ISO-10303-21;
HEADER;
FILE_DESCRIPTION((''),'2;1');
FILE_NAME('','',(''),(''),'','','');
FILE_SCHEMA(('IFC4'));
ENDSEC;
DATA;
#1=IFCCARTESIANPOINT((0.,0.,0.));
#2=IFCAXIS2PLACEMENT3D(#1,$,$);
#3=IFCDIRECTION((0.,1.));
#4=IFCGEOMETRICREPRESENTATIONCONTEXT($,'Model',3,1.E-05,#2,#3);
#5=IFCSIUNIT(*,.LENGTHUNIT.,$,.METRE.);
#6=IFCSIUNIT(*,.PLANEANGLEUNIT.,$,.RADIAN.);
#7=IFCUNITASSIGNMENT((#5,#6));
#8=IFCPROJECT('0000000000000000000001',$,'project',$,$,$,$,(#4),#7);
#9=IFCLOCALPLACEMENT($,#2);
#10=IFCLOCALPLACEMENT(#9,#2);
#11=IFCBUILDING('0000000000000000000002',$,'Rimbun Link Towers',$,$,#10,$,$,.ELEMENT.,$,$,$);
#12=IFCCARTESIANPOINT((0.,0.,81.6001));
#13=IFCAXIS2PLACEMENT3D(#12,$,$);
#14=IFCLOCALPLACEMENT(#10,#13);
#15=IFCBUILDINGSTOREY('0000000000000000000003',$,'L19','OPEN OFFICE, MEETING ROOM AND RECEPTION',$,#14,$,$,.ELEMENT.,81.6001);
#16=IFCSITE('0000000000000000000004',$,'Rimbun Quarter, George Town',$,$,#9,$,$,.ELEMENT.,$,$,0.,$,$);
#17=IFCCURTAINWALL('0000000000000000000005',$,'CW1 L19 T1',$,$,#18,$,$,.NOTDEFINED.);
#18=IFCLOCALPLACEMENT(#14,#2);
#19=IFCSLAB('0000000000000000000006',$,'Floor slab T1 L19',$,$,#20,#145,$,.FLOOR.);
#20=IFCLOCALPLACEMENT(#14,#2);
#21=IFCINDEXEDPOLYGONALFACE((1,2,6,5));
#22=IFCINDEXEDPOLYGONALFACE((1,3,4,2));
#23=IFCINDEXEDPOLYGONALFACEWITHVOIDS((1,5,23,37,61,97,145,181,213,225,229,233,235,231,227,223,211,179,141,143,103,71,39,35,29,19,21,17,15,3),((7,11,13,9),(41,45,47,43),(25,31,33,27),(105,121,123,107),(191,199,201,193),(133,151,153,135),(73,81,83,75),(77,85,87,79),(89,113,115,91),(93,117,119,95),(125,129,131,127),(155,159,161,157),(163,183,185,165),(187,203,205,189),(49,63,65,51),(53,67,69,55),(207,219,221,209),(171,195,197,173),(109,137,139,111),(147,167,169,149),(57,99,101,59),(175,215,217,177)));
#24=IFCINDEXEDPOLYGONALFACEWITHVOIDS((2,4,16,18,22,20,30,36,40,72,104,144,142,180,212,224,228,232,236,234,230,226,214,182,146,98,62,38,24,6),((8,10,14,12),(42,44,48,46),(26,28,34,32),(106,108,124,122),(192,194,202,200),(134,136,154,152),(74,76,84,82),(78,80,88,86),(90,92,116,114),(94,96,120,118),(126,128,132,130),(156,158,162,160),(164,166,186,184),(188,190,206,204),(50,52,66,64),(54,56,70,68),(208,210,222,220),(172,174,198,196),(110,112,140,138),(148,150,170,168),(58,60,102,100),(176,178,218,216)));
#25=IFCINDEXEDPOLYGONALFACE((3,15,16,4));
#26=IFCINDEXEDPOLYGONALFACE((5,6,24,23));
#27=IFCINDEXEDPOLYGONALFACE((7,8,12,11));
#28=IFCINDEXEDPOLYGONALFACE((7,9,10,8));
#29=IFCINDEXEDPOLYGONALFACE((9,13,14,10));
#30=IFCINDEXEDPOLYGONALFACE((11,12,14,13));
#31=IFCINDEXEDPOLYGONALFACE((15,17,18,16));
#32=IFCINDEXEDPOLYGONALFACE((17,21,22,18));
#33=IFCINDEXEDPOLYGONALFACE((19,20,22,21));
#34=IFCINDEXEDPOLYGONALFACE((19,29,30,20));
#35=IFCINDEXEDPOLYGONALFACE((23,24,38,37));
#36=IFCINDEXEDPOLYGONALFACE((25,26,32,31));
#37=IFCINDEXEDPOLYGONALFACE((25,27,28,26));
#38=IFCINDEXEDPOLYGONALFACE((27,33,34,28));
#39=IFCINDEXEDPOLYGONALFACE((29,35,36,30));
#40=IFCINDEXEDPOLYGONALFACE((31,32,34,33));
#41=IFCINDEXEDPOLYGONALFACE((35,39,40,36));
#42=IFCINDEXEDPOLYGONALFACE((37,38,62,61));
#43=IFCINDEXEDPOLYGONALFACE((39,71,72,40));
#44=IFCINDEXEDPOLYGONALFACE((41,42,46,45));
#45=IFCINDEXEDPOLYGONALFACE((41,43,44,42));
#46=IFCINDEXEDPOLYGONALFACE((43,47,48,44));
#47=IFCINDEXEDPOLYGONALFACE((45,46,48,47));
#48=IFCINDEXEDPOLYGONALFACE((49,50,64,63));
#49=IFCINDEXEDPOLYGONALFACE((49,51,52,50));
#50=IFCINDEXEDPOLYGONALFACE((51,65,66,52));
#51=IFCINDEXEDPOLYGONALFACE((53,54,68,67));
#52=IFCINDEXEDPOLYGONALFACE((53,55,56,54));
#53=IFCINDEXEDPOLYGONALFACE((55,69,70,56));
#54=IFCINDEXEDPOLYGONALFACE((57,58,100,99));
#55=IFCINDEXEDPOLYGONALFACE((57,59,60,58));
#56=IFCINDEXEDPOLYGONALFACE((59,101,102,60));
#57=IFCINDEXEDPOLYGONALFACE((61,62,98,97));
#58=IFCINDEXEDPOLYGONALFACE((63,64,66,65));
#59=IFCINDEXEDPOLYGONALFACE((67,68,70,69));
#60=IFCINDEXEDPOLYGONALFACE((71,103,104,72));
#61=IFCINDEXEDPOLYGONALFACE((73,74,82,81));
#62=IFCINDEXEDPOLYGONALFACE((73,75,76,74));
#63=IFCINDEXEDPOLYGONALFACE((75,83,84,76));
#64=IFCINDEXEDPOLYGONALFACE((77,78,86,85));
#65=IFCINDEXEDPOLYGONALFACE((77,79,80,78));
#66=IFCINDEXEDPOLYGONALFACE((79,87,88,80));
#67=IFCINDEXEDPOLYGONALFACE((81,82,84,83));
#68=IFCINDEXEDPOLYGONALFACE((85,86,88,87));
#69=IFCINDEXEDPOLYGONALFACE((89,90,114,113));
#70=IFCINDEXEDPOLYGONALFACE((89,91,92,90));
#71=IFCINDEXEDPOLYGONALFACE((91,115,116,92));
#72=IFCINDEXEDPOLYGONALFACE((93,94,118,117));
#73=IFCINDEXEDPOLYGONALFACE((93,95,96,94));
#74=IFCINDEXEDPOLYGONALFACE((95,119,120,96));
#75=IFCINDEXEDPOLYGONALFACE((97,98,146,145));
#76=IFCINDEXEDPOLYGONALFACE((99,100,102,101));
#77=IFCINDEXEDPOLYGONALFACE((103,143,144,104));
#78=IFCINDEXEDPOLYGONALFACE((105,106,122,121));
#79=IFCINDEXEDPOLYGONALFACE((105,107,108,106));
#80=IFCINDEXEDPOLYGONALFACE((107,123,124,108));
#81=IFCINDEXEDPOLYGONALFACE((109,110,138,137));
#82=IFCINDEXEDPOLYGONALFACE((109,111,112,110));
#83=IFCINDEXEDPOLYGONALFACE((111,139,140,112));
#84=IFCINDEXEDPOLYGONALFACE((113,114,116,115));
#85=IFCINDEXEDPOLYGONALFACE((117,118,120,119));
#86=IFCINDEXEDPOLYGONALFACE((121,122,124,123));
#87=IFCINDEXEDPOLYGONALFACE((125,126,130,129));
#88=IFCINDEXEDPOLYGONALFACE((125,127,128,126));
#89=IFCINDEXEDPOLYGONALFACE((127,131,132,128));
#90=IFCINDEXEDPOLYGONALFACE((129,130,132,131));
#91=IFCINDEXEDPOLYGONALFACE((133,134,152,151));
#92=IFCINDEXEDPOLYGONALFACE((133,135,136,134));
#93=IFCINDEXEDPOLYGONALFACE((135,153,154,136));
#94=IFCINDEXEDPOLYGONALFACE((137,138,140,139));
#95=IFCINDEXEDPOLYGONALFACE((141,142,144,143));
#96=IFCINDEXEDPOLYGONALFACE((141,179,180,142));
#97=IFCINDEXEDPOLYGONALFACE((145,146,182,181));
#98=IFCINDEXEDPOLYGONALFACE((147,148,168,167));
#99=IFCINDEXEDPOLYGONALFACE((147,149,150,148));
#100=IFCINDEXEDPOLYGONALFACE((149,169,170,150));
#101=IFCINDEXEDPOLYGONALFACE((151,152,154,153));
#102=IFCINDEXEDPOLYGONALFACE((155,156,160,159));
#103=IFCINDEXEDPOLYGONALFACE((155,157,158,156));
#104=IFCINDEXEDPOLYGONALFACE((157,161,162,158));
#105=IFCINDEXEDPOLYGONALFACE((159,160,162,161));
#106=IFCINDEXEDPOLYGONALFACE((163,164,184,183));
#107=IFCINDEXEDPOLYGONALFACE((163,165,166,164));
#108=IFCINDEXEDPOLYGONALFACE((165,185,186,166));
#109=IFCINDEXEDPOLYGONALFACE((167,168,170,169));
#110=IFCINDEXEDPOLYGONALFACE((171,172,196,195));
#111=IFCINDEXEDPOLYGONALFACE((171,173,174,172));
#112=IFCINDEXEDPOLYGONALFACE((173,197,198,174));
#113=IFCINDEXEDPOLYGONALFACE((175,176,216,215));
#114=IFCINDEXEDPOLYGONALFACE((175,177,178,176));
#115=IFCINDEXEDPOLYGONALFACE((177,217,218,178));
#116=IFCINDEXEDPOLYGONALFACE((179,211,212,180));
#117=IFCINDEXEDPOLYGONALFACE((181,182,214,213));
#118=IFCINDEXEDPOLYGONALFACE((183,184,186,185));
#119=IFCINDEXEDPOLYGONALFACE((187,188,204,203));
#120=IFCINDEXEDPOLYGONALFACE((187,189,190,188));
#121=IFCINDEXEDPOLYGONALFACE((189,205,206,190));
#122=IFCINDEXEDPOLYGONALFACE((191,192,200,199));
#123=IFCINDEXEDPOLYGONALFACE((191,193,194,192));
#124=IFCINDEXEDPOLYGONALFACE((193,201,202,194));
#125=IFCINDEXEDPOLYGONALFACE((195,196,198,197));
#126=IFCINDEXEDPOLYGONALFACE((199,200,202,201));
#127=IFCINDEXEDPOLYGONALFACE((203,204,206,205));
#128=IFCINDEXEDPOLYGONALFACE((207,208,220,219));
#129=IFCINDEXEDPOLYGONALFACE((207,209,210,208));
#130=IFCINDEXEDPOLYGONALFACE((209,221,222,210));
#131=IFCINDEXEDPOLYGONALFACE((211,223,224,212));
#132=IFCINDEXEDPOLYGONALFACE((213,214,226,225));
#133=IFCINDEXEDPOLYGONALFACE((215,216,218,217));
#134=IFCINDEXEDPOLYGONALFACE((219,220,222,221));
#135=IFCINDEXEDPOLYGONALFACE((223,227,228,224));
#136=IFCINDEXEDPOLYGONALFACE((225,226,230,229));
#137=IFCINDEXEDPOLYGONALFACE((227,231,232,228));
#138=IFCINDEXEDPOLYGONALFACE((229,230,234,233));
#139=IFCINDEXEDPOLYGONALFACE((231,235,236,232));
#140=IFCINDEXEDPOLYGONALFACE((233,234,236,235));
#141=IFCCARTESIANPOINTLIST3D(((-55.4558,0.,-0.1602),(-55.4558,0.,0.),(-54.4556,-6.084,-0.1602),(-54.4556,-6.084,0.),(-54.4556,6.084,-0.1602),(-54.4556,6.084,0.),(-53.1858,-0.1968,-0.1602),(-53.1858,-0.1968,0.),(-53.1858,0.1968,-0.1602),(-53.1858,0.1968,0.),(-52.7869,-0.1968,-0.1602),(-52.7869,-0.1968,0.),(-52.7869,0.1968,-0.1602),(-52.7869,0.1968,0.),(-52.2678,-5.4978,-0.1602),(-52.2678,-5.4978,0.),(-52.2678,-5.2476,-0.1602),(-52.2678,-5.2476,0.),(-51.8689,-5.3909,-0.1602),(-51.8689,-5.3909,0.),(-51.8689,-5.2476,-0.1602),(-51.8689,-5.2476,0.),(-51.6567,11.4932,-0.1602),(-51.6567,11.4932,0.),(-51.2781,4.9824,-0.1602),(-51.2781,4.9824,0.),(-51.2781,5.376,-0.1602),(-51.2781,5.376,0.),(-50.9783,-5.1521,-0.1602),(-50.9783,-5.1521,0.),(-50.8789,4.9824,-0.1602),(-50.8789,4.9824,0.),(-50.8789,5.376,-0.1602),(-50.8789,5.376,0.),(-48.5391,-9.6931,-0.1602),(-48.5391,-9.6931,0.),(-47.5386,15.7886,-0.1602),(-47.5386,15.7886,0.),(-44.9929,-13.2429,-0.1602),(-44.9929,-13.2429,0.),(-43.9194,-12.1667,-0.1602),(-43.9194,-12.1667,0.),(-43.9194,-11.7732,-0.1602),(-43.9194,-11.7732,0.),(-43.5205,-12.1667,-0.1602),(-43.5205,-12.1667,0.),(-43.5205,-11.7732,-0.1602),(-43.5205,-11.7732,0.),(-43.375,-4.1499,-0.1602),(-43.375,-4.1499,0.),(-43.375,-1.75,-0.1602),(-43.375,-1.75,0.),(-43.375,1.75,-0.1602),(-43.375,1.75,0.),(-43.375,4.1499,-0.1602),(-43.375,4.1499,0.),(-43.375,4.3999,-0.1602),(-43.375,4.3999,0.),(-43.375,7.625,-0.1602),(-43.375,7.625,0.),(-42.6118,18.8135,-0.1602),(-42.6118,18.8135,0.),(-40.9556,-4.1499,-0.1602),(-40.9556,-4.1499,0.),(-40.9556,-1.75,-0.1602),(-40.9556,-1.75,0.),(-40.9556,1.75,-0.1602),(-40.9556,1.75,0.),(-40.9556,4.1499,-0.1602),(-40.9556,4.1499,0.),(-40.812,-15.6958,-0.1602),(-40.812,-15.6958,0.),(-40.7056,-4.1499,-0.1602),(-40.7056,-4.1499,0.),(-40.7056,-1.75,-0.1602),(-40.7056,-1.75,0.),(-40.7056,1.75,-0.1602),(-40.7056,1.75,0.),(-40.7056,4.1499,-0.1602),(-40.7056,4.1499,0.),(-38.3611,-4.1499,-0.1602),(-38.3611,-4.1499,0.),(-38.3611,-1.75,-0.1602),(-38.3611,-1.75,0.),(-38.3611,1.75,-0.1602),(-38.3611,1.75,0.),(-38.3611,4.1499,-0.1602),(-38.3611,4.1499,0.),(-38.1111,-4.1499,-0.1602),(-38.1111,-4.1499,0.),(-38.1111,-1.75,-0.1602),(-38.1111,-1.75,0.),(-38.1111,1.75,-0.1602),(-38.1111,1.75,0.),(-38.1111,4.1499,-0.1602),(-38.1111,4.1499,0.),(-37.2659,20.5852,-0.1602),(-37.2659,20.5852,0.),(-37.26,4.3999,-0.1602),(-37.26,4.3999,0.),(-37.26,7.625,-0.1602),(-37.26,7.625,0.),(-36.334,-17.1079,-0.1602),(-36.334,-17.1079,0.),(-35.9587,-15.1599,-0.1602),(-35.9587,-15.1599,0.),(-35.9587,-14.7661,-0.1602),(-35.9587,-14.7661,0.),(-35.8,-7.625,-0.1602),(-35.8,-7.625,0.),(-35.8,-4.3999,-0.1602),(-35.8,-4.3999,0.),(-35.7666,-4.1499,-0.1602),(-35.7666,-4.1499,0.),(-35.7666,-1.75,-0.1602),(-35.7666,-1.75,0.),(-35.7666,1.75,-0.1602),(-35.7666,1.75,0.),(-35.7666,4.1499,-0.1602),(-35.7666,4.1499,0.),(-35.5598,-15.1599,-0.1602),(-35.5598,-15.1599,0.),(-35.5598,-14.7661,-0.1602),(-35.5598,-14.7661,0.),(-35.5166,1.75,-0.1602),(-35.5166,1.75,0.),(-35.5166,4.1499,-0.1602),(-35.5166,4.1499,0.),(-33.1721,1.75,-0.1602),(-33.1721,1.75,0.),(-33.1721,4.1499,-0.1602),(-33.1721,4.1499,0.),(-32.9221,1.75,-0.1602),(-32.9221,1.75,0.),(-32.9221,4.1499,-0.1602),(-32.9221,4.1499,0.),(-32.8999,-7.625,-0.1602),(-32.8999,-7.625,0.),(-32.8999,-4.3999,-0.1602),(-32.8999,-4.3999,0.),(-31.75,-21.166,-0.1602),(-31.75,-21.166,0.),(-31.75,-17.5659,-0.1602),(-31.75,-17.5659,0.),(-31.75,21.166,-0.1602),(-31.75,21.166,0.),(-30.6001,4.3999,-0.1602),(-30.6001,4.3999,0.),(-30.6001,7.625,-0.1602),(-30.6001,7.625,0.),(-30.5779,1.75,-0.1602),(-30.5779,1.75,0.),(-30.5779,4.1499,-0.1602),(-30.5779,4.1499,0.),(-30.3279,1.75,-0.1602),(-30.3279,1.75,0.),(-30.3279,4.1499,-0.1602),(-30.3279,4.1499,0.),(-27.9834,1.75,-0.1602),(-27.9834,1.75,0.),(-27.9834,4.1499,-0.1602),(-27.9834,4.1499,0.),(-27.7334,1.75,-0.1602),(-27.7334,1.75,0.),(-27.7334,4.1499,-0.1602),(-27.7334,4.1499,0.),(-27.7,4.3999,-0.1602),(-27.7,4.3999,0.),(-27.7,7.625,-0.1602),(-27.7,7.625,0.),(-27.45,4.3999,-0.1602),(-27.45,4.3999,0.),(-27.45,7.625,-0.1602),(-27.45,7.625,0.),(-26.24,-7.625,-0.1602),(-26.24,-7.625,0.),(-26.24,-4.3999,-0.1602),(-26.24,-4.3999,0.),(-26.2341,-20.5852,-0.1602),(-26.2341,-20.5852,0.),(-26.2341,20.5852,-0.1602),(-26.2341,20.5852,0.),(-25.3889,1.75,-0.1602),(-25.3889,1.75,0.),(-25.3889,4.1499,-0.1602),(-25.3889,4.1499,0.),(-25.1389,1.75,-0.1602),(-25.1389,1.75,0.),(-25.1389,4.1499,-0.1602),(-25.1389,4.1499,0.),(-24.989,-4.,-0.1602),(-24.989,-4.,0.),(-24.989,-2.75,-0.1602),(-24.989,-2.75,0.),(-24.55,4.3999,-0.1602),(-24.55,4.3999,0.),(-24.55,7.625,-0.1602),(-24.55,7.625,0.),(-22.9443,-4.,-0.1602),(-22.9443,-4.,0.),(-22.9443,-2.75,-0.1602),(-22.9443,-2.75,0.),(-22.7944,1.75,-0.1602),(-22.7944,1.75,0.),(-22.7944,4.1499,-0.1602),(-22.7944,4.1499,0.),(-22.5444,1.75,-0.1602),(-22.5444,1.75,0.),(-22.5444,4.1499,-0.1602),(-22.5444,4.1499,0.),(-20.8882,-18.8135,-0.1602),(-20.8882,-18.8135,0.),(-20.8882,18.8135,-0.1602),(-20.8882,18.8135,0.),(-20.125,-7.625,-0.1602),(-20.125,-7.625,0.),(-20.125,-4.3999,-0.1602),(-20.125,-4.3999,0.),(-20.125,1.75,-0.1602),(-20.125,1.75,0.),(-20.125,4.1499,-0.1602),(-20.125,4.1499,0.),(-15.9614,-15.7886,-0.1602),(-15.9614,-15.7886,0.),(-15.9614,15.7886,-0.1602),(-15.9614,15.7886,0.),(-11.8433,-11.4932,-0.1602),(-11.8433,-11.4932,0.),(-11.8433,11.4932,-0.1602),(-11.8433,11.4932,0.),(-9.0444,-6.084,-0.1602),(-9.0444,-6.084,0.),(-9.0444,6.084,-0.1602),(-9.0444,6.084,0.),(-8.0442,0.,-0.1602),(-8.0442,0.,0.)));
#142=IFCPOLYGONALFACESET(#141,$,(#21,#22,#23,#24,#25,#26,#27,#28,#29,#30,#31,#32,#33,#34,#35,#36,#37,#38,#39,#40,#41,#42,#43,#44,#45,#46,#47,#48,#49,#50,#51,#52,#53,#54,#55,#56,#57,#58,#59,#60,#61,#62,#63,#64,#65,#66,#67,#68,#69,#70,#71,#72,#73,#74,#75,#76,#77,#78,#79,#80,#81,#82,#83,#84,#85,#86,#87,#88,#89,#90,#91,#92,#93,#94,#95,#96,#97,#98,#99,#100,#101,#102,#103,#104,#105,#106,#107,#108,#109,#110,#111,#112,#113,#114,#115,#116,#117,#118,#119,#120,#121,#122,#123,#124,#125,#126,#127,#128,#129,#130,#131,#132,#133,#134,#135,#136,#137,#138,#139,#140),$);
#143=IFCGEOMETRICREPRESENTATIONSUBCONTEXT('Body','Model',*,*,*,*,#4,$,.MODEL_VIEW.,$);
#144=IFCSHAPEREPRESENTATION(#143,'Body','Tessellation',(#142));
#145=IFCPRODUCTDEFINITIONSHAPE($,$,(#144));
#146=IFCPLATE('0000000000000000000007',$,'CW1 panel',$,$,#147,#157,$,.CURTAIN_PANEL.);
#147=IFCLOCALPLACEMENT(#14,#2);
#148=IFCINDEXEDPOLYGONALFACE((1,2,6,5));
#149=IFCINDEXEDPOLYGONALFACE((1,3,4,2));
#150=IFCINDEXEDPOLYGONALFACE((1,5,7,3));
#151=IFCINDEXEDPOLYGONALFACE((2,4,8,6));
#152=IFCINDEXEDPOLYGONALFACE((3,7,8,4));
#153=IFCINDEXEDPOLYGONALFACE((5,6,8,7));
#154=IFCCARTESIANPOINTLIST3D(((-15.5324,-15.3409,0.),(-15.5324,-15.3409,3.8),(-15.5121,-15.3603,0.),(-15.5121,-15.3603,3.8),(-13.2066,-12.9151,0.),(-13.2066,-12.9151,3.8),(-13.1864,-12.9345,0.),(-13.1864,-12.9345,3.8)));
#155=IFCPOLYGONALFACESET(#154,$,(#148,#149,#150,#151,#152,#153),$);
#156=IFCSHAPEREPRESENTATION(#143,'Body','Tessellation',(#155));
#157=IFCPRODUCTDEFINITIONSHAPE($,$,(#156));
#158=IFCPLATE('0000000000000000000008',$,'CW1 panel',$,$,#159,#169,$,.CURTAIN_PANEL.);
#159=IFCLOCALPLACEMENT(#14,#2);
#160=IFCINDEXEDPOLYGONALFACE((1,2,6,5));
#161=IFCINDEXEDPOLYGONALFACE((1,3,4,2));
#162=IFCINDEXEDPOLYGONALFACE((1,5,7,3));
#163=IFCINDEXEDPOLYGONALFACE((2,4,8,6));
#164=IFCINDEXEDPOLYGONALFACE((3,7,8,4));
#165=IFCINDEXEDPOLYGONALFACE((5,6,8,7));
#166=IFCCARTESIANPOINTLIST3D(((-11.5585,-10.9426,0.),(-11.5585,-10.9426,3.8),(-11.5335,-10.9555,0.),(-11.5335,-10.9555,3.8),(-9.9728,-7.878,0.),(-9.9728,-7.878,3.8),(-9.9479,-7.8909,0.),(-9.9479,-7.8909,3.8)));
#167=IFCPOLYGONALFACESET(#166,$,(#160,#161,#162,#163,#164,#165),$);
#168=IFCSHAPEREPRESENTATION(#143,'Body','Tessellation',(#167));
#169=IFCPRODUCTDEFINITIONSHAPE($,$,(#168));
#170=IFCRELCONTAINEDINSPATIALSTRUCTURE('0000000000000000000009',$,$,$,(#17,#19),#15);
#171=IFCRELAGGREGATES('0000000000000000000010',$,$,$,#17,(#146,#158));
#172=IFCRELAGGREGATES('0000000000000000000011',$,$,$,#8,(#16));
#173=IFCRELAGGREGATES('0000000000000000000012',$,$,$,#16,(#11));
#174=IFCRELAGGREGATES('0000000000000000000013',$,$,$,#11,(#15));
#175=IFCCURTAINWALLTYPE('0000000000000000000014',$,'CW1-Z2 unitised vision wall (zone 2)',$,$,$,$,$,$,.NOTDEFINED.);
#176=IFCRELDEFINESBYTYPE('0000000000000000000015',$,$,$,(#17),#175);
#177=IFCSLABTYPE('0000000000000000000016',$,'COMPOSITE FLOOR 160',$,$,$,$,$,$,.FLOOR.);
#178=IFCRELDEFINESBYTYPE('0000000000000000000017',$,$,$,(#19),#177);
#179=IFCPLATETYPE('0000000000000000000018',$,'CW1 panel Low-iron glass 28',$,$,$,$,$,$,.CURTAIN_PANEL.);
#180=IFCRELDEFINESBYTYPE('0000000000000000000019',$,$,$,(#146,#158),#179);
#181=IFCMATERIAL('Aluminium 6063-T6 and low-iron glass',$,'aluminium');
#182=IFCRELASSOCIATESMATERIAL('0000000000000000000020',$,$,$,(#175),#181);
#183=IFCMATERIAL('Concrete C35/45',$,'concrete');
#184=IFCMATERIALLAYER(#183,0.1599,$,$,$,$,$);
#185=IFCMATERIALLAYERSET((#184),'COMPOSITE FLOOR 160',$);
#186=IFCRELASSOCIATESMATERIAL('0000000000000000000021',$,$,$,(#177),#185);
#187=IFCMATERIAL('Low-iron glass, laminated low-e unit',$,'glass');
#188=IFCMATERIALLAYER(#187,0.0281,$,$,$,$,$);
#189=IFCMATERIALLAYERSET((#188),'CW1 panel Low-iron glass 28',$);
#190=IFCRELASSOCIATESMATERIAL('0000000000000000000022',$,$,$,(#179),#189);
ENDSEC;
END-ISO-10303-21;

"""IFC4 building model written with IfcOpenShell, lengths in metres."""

from ifc_helpers import new_model, si_unit, direction, frame, origin, origin_2d, place, context, subcontext, project, spatial, polyline, rectangle, outline, extrude, material, layer, layer_set, type_object, element, aggregate, save


model = new_model("IFC4")

# Units and contexts
model_context = context("Model", 3, precision=1e-05, world=origin(), true_north=direction((0.0, 1.0)))
body_context = subcontext(model_context, "Body", "Model", "MODEL_VIEW")
ifc_project = project(units=[si_unit("LENGTHUNIT", "METRE"), si_unit("PLANEANGLEUNIT", "RADIAN")], contexts=[model_context])

# Site, building, storey
site_placement = place(None, origin())
site = spatial("IfcSite", under=ifc_project, at=site_placement, Name="Rimbun Quarter, George Town", CompositionType="ELEMENT", RefElevation=0.0)
building_placement = place(site_placement, origin())
building = spatial("IfcBuilding", under=site, at=building_placement, Name="Rimbun Link Towers", CompositionType="ELEMENT")
storey_placement = place(building_placement, frame((0.0, 0.0, 81.6001)))
storey = spatial("IfcBuildingStorey", under=building, at=storey_placement, Name="L19", Description="OPEN OFFICE, MEETING ROOM AND RECEPTION", CompositionType="ELEMENT", Elevation=81.6001)

# Curtain wall
ifc_material_1 = material(Name="Aluminium 6063-T6 and low-iron glass", Category="aluminium")
curtain_wall_type = type_object("IfcCurtainWallType", Name="CW1-Z2 unitised vision wall (zone 2)", PredefinedType="NOTDEFINED", material=ifc_material_1)
curtain_wall_placement = place(storey_placement, origin())
curtain_wall = element("IfcCurtainWall", 1, at=curtain_wall_placement, inside=storey, type_object=curtain_wall_type, Name="CW1 L19 T1", PredefinedType="NOTDEFINED")

# Slab
ifc_material_2 = material(Name="Concrete C35/45", Category="concrete")
ifc_layer_1 = layer(ifc_material_2, 0.1599)
ifc_layer_set_1 = layer_set([ifc_layer_1], Name="COMPOSITE FLOOR 160")
slab_type_1 = type_object("IfcSlabType", Name="COMPOSITE FLOOR 160", PredefinedType="FLOOR", material=ifc_layer_set_1)
slab_1_placement = place(storey_placement, frame((0.0, 0.0, -0.1602)))
element("IfcSlab", 2, at=slab_1_placement, inside=storey, type_object=slab_type_1, Name="Floor slab T1 L19", PredefinedType="FLOOR", context=body_context, shape_type="SweptSolid", body=[
    extrude(outline(polyline([(-54.4556, -6.084), (-55.4558, 0.0), (-54.4556, 6.084), (-51.6567, 11.4932), (-47.5386, 15.7886), (-42.6118, 18.8135), (-37.2659, 20.5852), (-31.75, 21.166), (-26.2341, 20.5852), (-20.8882, 18.8135), (-15.9614, 15.7886), (-11.8433, 11.4932), (-9.0444, 6.084), (-8.0442, 0.0), (-9.0444, -6.084), (-11.8433, -11.4932), (-15.9614, -15.7886), (-20.8882, -18.8135), (-26.2341, -20.5852), (-31.75, -21.166), (-31.75, -17.5659), (-36.334, -17.1079), (-40.812, -15.6958), (-44.9929, -13.2429), (-48.5391, -9.6931), (-50.9783, -5.1521), (-51.8689, -5.3909), (-51.8689, -5.2476), (-52.2678, -5.2476), (-52.2678, -5.4978), (-54.4556, -6.084)]), holes=[polyline([(-35.5598, -15.1599), (-35.5598, -14.7661), (-35.9587, -14.7661), (-35.9587, -15.1599), (-35.5598, -15.1599)]), polyline([(-43.5205, -12.1667), (-43.5205, -11.7732), (-43.9194, -11.7732), (-43.9194, -12.1667), (-43.5205, -12.1667)]), polyline([(-43.375, -4.1499), (-40.9556, -4.1499), (-40.9556, -1.75), (-43.375, -1.75), (-43.375, -4.1499)]), polyline([(-40.7056, -4.1499), (-38.3611, -4.1499), (-38.3611, -1.75), (-40.7056, -1.75), (-40.7056, -4.1499)]), polyline([(-35.7666, -4.1499), (-35.7666, -1.75), (-38.1111, -1.75), (-38.1111, -4.1499), (-35.7666, -4.1499)]), polyline([(-53.1858, -0.1968), (-52.7869, -0.1968), (-52.7869, 0.1968), (-53.1858, 0.1968), (-53.1858, -0.1968)]), polyline([(-43.375, 1.75), (-40.9556, 1.75), (-40.9556, 4.1499), (-43.375, 4.1499), (-43.375, 1.75)]), polyline([(-38.3611, 1.75), (-38.3611, 4.1499), (-40.7056, 4.1499), (-40.7056, 1.75), (-38.3611, 1.75)]), polyline([(-38.1111, 1.75), (-35.7666, 1.75), (-35.7666, 4.1499), (-38.1111, 4.1499), (-38.1111, 1.75)]), polyline([(-51.2781, 4.9824), (-50.8789, 4.9824), (-50.8789, 5.376), (-51.2781, 5.376), (-51.2781, 4.9824)]), polyline([(-37.26, 4.3999), (-37.26, 7.625), (-43.375, 7.625), (-43.375, 4.3999), (-37.26, 4.3999)]), polyline([(-35.8, -7.625), (-32.8999, -7.625), (-32.8999, -4.3999), (-35.8, -4.3999), (-35.8, -7.625)]), polyline([(-26.24, -7.625), (-20.125, -7.625), (-20.125, -4.3999), (-26.24, -4.3999), (-26.24, -7.625)]), polyline([(-24.989, -4.0), (-22.9443, -4.0), (-22.9443, -2.75), (-24.989, -2.75), (-24.989, -4.0)]), polyline([(-35.5166, 1.75), (-33.1721, 1.75), (-33.1721, 4.1499), (-35.5166, 4.1499), (-35.5166, 1.75)]), polyline([(-32.9221, 1.75), (-30.5779, 1.75), (-30.5779, 4.1499), (-32.9221, 4.1499), (-32.9221, 1.75)]), polyline([(-27.9834, 1.75), (-27.9834, 4.1499), (-30.3279, 4.1499), (-30.3279, 1.75), (-27.9834, 1.75)]), polyline([(-27.7334, 1.75), (-25.3889, 1.75), (-25.3889, 4.1499), (-27.7334, 4.1499), (-27.7334, 1.75)]), polyline([(-25.1389, 1.75), (-22.7944, 1.75), (-22.7944, 4.1499), (-25.1389, 4.1499), (-25.1389, 1.75)]), polyline([(-20.125, 1.75), (-20.125, 4.1499), (-22.5444, 4.1499), (-22.5444, 1.75), (-20.125, 1.75)]), polyline([(-30.6001, 4.3999), (-27.7, 4.3999), (-27.7, 7.625), (-30.6001, 7.625), (-30.6001, 4.3999)]), polyline([(-27.45, 4.3999), (-24.55, 4.3999), (-24.55, 7.625), (-27.45, 7.625), (-27.45, 4.3999)])]), origin(), (0.0, 0.0, 1.0), 0.1602),
])

# Plates
ifc_material_3 = material(Name="Low-iron glass, laminated low-e unit", Category="glass")
ifc_layer_2 = layer(ifc_material_3, 0.0281)
ifc_layer_set_2 = layer_set([ifc_layer_2], Name="CW1 panel Low-iron glass 28")
plate_type = type_object("IfcPlateType", Name="CW1 panel Low-iron glass 28", PredefinedType="CURTAIN_PANEL", material=ifc_layer_set_2)
plate_1_placement = place(storey_placement, frame((-14.3594, -14.1377, 0.0), z_axis=(0.0, 0.0, 1.0), x_axis=(-0.692061, -0.721839, 0.0)))
plate_1 = element("IfcPlate", 3, at=plate_1_placement, type_object=plate_type, Name="CW1 panel", PredefinedType="CURTAIN_PANEL", context=body_context, shape_type="SweptSolid", body=[
    extrude(rectangle(XDim=3.3606, YDim=0.0281, at=origin_2d()), origin(), (0.0, 0.0, 1.0), 3.8),
])
plate_2_placement = place(storey_placement, frame((-10.7532, -9.4167, 0.0), z_axis=(0.0, 0.0, 1.0), x_axis=(-0.459544, -0.888155, 0.0)))
plate_2 = element("IfcPlate", 4, at=plate_2_placement, type_object=plate_type, Name="CW1 panel", PredefinedType="CURTAIN_PANEL", context=body_context, shape_type="SweptSolid", body=[
    extrude(rectangle(XDim=3.4504, YDim=0.0281, at=origin_2d()), origin(), (0.0, 0.0, 1.0), 3.8),
])
aggregate(curtain_wall, [plate_1, plate_2])

save(model, "model.ifc")
